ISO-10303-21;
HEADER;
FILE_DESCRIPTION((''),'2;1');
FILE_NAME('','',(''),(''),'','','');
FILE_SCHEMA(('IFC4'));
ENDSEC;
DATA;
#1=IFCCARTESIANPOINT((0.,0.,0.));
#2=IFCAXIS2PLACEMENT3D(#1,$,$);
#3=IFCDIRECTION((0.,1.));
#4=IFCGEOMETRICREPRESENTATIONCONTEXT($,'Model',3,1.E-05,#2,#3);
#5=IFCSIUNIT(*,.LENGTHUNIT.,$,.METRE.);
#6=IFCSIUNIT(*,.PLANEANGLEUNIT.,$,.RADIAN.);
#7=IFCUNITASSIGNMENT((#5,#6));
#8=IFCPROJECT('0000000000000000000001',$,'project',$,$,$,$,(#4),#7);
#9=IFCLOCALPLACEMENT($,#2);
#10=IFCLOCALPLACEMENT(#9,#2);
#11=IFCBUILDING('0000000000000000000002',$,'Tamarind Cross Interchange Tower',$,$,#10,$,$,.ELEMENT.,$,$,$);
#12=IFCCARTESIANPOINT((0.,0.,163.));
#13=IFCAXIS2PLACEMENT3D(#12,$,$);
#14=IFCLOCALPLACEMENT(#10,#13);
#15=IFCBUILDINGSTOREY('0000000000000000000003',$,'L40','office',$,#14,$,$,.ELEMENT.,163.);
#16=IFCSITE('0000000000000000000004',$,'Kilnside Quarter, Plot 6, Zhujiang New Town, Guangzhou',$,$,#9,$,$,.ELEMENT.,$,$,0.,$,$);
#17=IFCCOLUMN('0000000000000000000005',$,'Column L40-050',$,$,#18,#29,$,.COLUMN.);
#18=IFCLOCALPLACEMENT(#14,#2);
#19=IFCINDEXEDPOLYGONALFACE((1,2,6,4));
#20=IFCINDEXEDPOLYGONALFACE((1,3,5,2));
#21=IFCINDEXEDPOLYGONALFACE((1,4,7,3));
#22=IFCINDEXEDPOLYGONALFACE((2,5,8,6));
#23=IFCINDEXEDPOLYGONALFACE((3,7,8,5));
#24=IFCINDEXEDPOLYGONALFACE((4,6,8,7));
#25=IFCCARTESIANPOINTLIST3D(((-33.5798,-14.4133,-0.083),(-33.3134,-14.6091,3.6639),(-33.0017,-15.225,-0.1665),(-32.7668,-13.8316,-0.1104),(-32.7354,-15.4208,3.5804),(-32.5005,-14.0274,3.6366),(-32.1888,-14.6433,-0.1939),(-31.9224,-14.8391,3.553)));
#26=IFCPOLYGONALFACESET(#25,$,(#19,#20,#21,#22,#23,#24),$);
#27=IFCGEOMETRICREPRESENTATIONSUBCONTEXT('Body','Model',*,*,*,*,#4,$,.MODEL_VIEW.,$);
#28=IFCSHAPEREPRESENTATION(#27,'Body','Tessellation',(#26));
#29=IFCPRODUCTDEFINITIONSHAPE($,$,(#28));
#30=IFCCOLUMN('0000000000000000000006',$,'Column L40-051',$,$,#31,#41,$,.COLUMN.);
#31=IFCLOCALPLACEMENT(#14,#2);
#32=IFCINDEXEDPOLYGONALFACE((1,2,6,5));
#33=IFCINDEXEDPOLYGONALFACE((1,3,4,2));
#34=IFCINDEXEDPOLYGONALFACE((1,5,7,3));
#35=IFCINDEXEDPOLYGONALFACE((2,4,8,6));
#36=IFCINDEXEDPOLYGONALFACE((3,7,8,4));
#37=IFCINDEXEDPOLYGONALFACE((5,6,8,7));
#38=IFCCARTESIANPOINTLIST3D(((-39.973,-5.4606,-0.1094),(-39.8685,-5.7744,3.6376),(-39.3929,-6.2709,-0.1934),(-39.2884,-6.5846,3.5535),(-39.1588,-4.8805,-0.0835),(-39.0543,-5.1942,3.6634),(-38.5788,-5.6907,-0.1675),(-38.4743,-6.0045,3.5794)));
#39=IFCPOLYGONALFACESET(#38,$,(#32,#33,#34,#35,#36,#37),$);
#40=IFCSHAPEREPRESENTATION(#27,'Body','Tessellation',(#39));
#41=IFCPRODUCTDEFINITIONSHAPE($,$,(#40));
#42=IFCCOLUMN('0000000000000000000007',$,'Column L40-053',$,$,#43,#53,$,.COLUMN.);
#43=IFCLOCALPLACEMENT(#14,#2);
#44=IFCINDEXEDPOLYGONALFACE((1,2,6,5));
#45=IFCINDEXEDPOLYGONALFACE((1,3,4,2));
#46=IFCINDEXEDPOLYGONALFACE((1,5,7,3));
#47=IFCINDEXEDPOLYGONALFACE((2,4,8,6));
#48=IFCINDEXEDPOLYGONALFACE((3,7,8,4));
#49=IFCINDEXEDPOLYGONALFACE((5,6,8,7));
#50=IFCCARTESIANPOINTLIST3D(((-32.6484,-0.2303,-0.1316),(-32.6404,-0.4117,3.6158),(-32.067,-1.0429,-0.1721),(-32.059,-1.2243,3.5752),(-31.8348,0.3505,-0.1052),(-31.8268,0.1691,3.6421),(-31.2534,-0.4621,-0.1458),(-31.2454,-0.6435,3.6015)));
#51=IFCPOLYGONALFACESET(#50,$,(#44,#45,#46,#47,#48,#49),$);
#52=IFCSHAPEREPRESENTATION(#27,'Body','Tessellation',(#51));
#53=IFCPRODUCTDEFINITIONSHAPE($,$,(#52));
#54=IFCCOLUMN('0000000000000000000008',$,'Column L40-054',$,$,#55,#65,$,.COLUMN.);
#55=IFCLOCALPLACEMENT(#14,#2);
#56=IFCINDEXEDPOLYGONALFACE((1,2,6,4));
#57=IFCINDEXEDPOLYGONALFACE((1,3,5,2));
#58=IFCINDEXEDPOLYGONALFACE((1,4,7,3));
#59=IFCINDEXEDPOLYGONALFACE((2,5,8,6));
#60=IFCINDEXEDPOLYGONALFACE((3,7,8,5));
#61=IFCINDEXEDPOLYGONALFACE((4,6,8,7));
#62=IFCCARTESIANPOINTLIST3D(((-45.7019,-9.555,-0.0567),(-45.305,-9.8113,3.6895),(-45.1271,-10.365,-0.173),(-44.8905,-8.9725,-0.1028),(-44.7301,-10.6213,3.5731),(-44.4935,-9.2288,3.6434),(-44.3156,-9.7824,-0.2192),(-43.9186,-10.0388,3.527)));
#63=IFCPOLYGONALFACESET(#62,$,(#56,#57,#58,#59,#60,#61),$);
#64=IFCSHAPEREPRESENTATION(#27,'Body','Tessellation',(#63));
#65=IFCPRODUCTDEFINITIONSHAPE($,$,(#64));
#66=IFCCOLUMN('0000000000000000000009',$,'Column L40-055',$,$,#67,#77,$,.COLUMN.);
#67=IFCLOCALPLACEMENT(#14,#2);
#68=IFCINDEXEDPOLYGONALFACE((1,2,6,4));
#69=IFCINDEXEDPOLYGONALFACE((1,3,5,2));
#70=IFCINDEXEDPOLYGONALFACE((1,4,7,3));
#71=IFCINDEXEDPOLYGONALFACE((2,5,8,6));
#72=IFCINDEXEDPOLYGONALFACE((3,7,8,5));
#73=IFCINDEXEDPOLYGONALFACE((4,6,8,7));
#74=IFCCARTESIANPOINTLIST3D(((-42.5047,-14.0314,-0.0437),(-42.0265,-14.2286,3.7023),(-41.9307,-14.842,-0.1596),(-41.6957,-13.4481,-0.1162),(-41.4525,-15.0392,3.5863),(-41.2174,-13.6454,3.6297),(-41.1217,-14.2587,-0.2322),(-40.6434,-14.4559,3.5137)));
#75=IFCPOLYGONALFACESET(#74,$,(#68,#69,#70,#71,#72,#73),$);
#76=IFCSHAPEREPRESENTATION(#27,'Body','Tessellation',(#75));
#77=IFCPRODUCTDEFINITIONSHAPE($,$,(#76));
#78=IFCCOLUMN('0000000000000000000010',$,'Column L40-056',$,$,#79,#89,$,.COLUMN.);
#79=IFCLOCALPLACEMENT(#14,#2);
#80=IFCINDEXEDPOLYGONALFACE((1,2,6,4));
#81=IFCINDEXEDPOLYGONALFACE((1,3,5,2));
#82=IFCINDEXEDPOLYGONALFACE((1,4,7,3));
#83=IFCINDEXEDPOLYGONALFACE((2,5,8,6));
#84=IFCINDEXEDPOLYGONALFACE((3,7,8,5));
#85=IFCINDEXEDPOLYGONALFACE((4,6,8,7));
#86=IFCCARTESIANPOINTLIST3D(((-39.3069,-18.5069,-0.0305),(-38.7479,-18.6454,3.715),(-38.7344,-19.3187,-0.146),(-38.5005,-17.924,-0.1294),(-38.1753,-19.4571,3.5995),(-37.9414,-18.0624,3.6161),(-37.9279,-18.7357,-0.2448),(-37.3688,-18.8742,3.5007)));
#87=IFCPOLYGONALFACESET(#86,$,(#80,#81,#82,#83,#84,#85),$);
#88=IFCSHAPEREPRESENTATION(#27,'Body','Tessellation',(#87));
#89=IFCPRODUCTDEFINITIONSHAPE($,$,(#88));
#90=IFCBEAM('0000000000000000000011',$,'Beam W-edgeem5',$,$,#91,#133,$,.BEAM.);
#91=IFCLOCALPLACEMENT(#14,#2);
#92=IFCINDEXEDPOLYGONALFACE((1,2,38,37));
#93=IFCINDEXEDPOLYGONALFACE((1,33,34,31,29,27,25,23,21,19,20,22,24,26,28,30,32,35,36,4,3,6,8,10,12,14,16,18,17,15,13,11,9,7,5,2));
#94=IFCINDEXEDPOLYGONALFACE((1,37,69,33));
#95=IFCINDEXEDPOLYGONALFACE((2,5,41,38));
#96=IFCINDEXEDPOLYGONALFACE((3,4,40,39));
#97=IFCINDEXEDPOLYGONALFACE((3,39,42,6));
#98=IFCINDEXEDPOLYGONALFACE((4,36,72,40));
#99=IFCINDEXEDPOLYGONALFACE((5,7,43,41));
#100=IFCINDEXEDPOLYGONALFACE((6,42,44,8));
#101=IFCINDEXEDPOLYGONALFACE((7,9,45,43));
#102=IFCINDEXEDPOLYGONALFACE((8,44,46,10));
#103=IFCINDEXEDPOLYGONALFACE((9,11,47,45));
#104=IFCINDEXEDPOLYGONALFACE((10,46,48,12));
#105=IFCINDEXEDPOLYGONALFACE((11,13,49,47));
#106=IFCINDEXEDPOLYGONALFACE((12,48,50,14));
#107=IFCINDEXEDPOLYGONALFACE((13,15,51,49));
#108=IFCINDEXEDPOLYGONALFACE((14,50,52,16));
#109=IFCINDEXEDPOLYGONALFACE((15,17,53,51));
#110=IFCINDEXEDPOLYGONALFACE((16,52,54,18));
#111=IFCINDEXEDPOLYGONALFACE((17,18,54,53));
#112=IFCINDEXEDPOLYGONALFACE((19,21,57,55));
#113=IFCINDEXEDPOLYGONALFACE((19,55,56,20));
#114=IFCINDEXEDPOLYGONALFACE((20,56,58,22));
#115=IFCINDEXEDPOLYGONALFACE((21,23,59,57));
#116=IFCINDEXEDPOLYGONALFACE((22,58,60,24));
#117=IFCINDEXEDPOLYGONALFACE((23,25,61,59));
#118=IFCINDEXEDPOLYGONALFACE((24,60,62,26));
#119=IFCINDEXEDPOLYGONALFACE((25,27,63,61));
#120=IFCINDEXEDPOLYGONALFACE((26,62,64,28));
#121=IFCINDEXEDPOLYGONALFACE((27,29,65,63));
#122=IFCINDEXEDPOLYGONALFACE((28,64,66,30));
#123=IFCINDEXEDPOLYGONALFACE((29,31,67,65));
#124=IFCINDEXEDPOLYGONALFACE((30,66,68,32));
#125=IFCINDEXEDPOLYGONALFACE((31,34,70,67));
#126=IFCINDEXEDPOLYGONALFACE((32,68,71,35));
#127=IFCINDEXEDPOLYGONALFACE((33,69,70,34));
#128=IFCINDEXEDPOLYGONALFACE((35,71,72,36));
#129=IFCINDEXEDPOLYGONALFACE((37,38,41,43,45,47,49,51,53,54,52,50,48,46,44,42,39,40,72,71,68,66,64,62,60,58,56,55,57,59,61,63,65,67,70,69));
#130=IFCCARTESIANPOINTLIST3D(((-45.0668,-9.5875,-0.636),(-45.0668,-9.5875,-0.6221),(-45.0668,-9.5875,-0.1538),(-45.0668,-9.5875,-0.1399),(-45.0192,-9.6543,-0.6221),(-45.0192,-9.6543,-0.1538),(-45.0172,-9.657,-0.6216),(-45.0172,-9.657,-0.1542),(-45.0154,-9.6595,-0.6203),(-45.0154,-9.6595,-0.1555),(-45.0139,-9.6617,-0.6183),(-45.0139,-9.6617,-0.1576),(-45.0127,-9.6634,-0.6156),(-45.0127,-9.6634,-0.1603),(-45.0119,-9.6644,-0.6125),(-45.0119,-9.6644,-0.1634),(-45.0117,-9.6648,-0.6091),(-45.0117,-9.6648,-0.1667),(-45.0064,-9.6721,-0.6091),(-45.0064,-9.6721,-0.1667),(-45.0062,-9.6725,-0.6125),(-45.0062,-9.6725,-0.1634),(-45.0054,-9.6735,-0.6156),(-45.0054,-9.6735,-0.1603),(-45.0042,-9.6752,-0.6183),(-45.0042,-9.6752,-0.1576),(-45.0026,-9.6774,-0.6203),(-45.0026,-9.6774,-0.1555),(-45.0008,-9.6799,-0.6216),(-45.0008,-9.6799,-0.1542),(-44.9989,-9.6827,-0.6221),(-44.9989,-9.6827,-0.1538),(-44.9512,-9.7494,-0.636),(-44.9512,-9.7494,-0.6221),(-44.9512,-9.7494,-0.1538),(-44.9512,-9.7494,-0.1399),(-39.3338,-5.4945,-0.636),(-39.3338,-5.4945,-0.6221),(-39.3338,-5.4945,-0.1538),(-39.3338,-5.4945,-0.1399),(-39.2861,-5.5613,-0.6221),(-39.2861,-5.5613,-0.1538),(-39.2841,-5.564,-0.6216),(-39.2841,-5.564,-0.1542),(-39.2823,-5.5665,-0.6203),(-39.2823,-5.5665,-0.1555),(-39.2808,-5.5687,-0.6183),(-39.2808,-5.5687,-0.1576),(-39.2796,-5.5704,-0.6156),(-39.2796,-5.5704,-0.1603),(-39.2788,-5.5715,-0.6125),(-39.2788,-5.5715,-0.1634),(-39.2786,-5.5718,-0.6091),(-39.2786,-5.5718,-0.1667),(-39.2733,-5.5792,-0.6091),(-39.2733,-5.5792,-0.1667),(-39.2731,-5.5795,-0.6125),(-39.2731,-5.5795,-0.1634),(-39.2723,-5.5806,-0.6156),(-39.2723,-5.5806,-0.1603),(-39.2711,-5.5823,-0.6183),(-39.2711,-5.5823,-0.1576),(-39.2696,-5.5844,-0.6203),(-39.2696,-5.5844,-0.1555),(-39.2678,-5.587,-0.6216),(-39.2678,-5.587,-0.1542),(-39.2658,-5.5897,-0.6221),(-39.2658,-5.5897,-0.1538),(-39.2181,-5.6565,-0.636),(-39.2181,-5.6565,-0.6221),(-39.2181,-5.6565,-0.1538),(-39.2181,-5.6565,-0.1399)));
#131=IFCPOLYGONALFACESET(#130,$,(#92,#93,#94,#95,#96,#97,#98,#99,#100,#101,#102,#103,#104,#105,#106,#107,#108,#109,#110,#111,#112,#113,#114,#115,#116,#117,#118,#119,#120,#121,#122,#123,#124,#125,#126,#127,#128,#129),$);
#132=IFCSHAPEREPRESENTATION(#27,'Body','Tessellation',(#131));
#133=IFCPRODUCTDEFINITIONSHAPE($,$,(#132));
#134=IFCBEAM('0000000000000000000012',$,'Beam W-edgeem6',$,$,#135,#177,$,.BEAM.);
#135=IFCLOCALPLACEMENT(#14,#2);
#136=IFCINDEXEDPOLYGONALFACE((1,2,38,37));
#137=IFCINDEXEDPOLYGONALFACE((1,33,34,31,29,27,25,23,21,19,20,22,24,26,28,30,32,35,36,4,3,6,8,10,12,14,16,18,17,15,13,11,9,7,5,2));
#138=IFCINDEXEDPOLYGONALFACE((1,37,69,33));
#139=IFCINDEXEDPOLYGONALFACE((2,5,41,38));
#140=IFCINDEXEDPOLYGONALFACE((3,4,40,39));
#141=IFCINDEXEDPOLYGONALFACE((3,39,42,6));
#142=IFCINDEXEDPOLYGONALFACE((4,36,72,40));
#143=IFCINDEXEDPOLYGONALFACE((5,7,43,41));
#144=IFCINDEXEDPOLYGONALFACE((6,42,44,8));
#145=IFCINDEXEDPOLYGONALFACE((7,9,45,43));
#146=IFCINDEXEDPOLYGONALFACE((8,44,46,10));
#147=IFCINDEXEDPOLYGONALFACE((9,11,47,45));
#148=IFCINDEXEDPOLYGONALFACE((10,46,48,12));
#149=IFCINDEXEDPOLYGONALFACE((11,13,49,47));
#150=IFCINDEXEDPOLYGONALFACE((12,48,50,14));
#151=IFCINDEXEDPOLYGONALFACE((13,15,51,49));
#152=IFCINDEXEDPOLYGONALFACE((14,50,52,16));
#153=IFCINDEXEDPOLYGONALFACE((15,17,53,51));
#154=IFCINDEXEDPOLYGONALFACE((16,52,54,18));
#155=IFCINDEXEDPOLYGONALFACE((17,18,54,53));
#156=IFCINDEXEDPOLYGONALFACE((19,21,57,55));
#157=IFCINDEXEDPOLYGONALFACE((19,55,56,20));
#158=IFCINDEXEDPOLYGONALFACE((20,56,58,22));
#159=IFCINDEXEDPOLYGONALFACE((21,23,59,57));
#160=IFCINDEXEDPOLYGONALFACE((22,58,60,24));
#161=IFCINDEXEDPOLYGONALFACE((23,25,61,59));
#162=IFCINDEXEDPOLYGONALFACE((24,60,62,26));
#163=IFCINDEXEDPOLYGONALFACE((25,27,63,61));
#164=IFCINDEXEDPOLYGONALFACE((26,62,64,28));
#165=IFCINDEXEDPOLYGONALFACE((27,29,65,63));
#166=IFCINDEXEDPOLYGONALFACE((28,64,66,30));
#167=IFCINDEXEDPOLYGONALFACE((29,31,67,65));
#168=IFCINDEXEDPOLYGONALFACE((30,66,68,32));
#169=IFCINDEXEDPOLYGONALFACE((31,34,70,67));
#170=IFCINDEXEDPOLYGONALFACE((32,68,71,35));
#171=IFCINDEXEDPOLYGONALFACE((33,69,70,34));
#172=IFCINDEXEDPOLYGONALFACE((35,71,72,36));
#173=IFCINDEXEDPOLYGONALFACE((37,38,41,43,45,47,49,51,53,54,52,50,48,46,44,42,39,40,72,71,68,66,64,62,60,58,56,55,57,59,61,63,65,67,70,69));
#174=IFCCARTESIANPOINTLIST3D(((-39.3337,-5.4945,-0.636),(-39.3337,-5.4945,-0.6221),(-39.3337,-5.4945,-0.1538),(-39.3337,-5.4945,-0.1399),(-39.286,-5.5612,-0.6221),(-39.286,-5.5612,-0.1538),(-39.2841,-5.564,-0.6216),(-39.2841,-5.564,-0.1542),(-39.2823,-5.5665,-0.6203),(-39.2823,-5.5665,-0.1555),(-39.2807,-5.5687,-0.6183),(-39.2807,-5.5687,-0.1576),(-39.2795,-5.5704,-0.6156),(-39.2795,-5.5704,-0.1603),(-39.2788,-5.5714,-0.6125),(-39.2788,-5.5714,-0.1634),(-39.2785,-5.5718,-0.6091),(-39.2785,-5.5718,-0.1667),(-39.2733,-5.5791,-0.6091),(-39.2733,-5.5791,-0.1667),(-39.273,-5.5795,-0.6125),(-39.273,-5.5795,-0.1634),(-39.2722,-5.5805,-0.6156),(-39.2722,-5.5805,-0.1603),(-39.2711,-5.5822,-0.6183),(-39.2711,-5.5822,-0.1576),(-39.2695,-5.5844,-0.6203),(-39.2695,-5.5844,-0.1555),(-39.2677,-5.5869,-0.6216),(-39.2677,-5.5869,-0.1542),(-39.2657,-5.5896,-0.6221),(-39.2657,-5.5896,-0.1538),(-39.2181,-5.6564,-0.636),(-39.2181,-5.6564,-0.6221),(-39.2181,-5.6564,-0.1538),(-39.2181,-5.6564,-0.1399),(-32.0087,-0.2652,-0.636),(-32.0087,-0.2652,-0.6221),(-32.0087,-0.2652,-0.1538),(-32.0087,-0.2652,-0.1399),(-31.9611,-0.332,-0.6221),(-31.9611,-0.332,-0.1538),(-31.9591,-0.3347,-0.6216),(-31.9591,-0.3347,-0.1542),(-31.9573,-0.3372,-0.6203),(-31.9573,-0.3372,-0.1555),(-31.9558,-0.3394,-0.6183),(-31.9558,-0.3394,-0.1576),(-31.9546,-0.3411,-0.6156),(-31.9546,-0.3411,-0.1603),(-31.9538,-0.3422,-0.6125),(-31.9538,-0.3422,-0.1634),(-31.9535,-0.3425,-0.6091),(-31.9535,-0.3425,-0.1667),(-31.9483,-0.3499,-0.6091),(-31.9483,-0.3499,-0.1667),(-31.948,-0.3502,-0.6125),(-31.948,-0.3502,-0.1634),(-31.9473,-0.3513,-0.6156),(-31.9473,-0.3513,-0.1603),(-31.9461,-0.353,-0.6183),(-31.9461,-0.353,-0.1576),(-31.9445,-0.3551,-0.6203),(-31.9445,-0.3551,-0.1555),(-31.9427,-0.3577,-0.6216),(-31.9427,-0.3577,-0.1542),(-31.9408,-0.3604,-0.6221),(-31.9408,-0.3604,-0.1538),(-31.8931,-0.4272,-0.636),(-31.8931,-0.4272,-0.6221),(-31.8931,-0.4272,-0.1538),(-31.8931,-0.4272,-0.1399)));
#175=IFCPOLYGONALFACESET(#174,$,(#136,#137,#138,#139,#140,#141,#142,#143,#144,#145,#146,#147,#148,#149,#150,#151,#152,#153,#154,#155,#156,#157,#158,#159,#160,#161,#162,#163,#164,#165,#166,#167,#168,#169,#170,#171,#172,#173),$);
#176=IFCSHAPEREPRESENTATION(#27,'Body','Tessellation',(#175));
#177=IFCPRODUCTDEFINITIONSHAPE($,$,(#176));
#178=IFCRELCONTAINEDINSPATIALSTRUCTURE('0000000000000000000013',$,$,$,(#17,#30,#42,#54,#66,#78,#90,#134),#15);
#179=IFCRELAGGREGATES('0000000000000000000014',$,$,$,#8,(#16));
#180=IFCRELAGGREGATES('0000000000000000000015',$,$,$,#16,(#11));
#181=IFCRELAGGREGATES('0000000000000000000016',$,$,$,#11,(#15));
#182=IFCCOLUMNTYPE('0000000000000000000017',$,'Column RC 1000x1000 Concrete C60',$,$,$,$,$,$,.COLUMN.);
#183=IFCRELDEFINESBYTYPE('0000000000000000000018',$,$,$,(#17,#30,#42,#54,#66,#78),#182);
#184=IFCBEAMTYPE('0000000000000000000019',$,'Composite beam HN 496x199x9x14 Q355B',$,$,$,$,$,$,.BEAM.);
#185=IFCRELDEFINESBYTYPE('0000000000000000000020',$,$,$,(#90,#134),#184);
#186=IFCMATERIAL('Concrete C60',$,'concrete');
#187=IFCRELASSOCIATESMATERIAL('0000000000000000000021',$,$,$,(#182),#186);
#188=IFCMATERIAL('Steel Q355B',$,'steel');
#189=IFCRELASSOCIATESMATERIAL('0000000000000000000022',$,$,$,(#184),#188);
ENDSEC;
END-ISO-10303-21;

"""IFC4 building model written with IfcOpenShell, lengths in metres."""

from ifc_helpers import new_model, si_unit, direction, frame, origin, origin_2d, place, context, subcontext, project, spatial, rectangle, i_section, extrude, material, material_profile, profile_set, type_object, element, save


model = new_model("IFC4")

# Units and contexts
model_context = context("Model", 3, precision=1e-05, world=origin(), true_north=direction((0.0, 1.0)))
body_context = subcontext(model_context, "Body", "Model", "MODEL_VIEW")
ifc_project = project(units=[si_unit("LENGTHUNIT", "METRE"), si_unit("PLANEANGLEUNIT", "RADIAN")], contexts=[model_context])

# Site, building, storey
site_placement = place(None, origin())
site = spatial("IfcSite", under=ifc_project, at=site_placement, Name="Kilnside Quarter, Plot 6, Zhujiang New Town, Guangzhou", CompositionType="ELEMENT", RefElevation=0.0)
building_placement = place(site_placement, origin())
building = spatial("IfcBuilding", under=site, at=building_placement, Name="Tamarind Cross Interchange Tower", CompositionType="ELEMENT")
storey_placement = place(building_placement, frame((0.0, 0.0, 163.0)))
storey = spatial("IfcBuildingStorey", under=building, at=storey_placement, Name="L40", Description="office", CompositionType="ELEMENT", Elevation=163.0)

# Columns
ifc_material_1 = material(Name="Concrete C60", Category="concrete")
ifc_material_profile_1 = material_profile(ifc_material_1, rectangle(XDim=1.0, YDim=1.0, at=origin_2d()), Name="RC 1000x1000")
ifc_profile_set_1 = profile_set([ifc_material_profile_1], Name="Concrete C60")
column_type = type_object("IfcColumnType", Name="Column RC 1000x1000 Concrete C60", PredefinedType="COLUMN", material=ifc_profile_set_1)
for number, where, z_axis, x_axis, name in (
    (1, (-32.8843, -14.5283, -0.1384), (0.070814, -0.052056, 0.99613), (-0.578044, 0.811721, 0.083511), "Column L40-050"),
    (2, (-39.2759, -5.5757, -0.1384), (0.02778, -0.083406, 0.996128), (0.814114, 0.580128, 0.02587), "Column L40-051"),
):
    element("IfcColumn", number, at=place(storey_placement, frame(where, z_axis=z_axis, x_axis=x_axis)), inside=storey, type_object=column_type, Name=name, PredefinedType="COLUMN", context=body_context, shape_type="SweptSolid", body=[
        extrude(rectangle(XDim=1.0, YDim=1.0, at=origin_2d()), origin(), (0.0, 0.0, 1.0), 3.7615),
    ])
column_1_placement = place(storey_placement, frame((-31.9509, -0.3462, -0.1387), z_axis=(0.002147, -0.04835, 0.998828), x_axis=(0.813625, 0.580792, 0.026365)))
element("IfcColumn", 3, at=column_1_placement, inside=storey, type_object=column_type, Name="Column L40-053", PredefinedType="COLUMN", context=body_context, shape_type="SweptSolid", body=[
    extrude(rectangle(XDim=1.0, YDim=1.0, at=origin_2d()), origin(), (0.0, 0.0, 1.0), 3.7517),
])
column_2_placement = place(storey_placement, frame((-45.0088, -9.6687, -0.1379), z_axis=(0.105137, -0.067893, 0.992138), x_axis=(-0.57483, 0.80996, 0.116341)))
element("IfcColumn", 4, at=column_2_placement, inside=storey, type_object=column_type, Name="Column L40-054", PredefinedType="COLUMN", context=body_context, shape_type="SweptSolid", body=[
    extrude(rectangle(XDim=1.0, YDim=1.0, at=origin_2d()), origin(), (0.0, 0.0, 1.0), 3.7759),
])
column_3_placement = place(storey_placement, frame((-41.8132, -14.145, -0.1379), z_axis=(0.12648, -0.052167, 0.990597), x_axis=(-0.574013, 0.810591, 0.115978)))
element("IfcColumn", 5, at=column_3_placement, inside=storey, type_object=column_type, Name="Column L40-055", PredefinedType="COLUMN", context=body_context, shape_type="SweptSolid", body=[
    extrude(rectangle(XDim=1.0, YDim=1.0, at=origin_2d()), origin(), (0.0, 0.0, 1.0), 3.7815),
])
column_4_placement = place(storey_placement, frame((-38.6174, -18.6213, -0.1377), z_axis=(0.147529, -0.036528, 0.988383), x_axis=(-0.572539, 0.811708, 0.115458)))
element("IfcColumn", 6, at=column_4_placement, inside=storey, type_object=column_type, Name="Column L40-056", PredefinedType="COLUMN", context=body_context, shape_type="SweptSolid", body=[
    extrude(rectangle(XDim=1.0, YDim=1.0, at=origin_2d()), origin(), (0.0, 0.0, 1.0), 3.7896),
])

# Beams
ifc_material_2 = material(Name="Steel Q355B", Category="steel")
ifc_material_profile_2 = material_profile(ifc_material_2, i_section(OverallWidth=0.199, OverallDepth=0.4961, WebThickness=0.009, FlangeThickness=0.0139, FilletRadius=0.0129, at=origin_2d()), Name="HN 496x199x9x14")
ifc_profile_set_2 = profile_set([ifc_material_profile_2], Name="Steel Q355B")
beam_type_1 = type_object("IfcBeamType", Name="Composite beam HN 496x199x9x14 Q355B", PredefinedType="BEAM", material=ifc_profile_set_2)
beam_1_placement = place(storey_placement, frame((-45.009, -9.6685, -0.3879), z_axis=(0.813874, 0.581041, 0.0), x_axis=(-0.581041, 0.813874, 0.0)))
element("IfcBeam", 7, at=beam_1_placement, inside=storey, type_object=beam_type_1, Name="Beam W-edgeem5", PredefinedType="BEAM", context=body_context, shape_type="SweptSolid", body=[
    extrude(i_section(OverallWidth=0.199, OverallDepth=0.4961, WebThickness=0.009, FlangeThickness=0.0139, FilletRadius=0.0129, at=origin_2d()), origin(), (0.0, 0.0, 1.0), 7.0442),
])
beam_2_placement = place(storey_placement, frame((-39.2759, -5.5754, -0.3879), z_axis=(0.813884, 0.581028, 0.0), x_axis=(-0.581028, 0.813884, 0.0)))
element("IfcBeam", 8, at=beam_2_placement, inside=storey, type_object=beam_type_1, Name="Beam W-edgeem6", PredefinedType="BEAM", context=body_context, shape_type="SweptSolid", body=[
    extrude(i_section(OverallWidth=0.199, OverallDepth=0.4961, WebThickness=0.009, FlangeThickness=0.0139, FilletRadius=0.0129, at=origin_2d()), origin(), (0.0, 0.0, 1.0), 9.0),
])

save(model, "model.ifc")
